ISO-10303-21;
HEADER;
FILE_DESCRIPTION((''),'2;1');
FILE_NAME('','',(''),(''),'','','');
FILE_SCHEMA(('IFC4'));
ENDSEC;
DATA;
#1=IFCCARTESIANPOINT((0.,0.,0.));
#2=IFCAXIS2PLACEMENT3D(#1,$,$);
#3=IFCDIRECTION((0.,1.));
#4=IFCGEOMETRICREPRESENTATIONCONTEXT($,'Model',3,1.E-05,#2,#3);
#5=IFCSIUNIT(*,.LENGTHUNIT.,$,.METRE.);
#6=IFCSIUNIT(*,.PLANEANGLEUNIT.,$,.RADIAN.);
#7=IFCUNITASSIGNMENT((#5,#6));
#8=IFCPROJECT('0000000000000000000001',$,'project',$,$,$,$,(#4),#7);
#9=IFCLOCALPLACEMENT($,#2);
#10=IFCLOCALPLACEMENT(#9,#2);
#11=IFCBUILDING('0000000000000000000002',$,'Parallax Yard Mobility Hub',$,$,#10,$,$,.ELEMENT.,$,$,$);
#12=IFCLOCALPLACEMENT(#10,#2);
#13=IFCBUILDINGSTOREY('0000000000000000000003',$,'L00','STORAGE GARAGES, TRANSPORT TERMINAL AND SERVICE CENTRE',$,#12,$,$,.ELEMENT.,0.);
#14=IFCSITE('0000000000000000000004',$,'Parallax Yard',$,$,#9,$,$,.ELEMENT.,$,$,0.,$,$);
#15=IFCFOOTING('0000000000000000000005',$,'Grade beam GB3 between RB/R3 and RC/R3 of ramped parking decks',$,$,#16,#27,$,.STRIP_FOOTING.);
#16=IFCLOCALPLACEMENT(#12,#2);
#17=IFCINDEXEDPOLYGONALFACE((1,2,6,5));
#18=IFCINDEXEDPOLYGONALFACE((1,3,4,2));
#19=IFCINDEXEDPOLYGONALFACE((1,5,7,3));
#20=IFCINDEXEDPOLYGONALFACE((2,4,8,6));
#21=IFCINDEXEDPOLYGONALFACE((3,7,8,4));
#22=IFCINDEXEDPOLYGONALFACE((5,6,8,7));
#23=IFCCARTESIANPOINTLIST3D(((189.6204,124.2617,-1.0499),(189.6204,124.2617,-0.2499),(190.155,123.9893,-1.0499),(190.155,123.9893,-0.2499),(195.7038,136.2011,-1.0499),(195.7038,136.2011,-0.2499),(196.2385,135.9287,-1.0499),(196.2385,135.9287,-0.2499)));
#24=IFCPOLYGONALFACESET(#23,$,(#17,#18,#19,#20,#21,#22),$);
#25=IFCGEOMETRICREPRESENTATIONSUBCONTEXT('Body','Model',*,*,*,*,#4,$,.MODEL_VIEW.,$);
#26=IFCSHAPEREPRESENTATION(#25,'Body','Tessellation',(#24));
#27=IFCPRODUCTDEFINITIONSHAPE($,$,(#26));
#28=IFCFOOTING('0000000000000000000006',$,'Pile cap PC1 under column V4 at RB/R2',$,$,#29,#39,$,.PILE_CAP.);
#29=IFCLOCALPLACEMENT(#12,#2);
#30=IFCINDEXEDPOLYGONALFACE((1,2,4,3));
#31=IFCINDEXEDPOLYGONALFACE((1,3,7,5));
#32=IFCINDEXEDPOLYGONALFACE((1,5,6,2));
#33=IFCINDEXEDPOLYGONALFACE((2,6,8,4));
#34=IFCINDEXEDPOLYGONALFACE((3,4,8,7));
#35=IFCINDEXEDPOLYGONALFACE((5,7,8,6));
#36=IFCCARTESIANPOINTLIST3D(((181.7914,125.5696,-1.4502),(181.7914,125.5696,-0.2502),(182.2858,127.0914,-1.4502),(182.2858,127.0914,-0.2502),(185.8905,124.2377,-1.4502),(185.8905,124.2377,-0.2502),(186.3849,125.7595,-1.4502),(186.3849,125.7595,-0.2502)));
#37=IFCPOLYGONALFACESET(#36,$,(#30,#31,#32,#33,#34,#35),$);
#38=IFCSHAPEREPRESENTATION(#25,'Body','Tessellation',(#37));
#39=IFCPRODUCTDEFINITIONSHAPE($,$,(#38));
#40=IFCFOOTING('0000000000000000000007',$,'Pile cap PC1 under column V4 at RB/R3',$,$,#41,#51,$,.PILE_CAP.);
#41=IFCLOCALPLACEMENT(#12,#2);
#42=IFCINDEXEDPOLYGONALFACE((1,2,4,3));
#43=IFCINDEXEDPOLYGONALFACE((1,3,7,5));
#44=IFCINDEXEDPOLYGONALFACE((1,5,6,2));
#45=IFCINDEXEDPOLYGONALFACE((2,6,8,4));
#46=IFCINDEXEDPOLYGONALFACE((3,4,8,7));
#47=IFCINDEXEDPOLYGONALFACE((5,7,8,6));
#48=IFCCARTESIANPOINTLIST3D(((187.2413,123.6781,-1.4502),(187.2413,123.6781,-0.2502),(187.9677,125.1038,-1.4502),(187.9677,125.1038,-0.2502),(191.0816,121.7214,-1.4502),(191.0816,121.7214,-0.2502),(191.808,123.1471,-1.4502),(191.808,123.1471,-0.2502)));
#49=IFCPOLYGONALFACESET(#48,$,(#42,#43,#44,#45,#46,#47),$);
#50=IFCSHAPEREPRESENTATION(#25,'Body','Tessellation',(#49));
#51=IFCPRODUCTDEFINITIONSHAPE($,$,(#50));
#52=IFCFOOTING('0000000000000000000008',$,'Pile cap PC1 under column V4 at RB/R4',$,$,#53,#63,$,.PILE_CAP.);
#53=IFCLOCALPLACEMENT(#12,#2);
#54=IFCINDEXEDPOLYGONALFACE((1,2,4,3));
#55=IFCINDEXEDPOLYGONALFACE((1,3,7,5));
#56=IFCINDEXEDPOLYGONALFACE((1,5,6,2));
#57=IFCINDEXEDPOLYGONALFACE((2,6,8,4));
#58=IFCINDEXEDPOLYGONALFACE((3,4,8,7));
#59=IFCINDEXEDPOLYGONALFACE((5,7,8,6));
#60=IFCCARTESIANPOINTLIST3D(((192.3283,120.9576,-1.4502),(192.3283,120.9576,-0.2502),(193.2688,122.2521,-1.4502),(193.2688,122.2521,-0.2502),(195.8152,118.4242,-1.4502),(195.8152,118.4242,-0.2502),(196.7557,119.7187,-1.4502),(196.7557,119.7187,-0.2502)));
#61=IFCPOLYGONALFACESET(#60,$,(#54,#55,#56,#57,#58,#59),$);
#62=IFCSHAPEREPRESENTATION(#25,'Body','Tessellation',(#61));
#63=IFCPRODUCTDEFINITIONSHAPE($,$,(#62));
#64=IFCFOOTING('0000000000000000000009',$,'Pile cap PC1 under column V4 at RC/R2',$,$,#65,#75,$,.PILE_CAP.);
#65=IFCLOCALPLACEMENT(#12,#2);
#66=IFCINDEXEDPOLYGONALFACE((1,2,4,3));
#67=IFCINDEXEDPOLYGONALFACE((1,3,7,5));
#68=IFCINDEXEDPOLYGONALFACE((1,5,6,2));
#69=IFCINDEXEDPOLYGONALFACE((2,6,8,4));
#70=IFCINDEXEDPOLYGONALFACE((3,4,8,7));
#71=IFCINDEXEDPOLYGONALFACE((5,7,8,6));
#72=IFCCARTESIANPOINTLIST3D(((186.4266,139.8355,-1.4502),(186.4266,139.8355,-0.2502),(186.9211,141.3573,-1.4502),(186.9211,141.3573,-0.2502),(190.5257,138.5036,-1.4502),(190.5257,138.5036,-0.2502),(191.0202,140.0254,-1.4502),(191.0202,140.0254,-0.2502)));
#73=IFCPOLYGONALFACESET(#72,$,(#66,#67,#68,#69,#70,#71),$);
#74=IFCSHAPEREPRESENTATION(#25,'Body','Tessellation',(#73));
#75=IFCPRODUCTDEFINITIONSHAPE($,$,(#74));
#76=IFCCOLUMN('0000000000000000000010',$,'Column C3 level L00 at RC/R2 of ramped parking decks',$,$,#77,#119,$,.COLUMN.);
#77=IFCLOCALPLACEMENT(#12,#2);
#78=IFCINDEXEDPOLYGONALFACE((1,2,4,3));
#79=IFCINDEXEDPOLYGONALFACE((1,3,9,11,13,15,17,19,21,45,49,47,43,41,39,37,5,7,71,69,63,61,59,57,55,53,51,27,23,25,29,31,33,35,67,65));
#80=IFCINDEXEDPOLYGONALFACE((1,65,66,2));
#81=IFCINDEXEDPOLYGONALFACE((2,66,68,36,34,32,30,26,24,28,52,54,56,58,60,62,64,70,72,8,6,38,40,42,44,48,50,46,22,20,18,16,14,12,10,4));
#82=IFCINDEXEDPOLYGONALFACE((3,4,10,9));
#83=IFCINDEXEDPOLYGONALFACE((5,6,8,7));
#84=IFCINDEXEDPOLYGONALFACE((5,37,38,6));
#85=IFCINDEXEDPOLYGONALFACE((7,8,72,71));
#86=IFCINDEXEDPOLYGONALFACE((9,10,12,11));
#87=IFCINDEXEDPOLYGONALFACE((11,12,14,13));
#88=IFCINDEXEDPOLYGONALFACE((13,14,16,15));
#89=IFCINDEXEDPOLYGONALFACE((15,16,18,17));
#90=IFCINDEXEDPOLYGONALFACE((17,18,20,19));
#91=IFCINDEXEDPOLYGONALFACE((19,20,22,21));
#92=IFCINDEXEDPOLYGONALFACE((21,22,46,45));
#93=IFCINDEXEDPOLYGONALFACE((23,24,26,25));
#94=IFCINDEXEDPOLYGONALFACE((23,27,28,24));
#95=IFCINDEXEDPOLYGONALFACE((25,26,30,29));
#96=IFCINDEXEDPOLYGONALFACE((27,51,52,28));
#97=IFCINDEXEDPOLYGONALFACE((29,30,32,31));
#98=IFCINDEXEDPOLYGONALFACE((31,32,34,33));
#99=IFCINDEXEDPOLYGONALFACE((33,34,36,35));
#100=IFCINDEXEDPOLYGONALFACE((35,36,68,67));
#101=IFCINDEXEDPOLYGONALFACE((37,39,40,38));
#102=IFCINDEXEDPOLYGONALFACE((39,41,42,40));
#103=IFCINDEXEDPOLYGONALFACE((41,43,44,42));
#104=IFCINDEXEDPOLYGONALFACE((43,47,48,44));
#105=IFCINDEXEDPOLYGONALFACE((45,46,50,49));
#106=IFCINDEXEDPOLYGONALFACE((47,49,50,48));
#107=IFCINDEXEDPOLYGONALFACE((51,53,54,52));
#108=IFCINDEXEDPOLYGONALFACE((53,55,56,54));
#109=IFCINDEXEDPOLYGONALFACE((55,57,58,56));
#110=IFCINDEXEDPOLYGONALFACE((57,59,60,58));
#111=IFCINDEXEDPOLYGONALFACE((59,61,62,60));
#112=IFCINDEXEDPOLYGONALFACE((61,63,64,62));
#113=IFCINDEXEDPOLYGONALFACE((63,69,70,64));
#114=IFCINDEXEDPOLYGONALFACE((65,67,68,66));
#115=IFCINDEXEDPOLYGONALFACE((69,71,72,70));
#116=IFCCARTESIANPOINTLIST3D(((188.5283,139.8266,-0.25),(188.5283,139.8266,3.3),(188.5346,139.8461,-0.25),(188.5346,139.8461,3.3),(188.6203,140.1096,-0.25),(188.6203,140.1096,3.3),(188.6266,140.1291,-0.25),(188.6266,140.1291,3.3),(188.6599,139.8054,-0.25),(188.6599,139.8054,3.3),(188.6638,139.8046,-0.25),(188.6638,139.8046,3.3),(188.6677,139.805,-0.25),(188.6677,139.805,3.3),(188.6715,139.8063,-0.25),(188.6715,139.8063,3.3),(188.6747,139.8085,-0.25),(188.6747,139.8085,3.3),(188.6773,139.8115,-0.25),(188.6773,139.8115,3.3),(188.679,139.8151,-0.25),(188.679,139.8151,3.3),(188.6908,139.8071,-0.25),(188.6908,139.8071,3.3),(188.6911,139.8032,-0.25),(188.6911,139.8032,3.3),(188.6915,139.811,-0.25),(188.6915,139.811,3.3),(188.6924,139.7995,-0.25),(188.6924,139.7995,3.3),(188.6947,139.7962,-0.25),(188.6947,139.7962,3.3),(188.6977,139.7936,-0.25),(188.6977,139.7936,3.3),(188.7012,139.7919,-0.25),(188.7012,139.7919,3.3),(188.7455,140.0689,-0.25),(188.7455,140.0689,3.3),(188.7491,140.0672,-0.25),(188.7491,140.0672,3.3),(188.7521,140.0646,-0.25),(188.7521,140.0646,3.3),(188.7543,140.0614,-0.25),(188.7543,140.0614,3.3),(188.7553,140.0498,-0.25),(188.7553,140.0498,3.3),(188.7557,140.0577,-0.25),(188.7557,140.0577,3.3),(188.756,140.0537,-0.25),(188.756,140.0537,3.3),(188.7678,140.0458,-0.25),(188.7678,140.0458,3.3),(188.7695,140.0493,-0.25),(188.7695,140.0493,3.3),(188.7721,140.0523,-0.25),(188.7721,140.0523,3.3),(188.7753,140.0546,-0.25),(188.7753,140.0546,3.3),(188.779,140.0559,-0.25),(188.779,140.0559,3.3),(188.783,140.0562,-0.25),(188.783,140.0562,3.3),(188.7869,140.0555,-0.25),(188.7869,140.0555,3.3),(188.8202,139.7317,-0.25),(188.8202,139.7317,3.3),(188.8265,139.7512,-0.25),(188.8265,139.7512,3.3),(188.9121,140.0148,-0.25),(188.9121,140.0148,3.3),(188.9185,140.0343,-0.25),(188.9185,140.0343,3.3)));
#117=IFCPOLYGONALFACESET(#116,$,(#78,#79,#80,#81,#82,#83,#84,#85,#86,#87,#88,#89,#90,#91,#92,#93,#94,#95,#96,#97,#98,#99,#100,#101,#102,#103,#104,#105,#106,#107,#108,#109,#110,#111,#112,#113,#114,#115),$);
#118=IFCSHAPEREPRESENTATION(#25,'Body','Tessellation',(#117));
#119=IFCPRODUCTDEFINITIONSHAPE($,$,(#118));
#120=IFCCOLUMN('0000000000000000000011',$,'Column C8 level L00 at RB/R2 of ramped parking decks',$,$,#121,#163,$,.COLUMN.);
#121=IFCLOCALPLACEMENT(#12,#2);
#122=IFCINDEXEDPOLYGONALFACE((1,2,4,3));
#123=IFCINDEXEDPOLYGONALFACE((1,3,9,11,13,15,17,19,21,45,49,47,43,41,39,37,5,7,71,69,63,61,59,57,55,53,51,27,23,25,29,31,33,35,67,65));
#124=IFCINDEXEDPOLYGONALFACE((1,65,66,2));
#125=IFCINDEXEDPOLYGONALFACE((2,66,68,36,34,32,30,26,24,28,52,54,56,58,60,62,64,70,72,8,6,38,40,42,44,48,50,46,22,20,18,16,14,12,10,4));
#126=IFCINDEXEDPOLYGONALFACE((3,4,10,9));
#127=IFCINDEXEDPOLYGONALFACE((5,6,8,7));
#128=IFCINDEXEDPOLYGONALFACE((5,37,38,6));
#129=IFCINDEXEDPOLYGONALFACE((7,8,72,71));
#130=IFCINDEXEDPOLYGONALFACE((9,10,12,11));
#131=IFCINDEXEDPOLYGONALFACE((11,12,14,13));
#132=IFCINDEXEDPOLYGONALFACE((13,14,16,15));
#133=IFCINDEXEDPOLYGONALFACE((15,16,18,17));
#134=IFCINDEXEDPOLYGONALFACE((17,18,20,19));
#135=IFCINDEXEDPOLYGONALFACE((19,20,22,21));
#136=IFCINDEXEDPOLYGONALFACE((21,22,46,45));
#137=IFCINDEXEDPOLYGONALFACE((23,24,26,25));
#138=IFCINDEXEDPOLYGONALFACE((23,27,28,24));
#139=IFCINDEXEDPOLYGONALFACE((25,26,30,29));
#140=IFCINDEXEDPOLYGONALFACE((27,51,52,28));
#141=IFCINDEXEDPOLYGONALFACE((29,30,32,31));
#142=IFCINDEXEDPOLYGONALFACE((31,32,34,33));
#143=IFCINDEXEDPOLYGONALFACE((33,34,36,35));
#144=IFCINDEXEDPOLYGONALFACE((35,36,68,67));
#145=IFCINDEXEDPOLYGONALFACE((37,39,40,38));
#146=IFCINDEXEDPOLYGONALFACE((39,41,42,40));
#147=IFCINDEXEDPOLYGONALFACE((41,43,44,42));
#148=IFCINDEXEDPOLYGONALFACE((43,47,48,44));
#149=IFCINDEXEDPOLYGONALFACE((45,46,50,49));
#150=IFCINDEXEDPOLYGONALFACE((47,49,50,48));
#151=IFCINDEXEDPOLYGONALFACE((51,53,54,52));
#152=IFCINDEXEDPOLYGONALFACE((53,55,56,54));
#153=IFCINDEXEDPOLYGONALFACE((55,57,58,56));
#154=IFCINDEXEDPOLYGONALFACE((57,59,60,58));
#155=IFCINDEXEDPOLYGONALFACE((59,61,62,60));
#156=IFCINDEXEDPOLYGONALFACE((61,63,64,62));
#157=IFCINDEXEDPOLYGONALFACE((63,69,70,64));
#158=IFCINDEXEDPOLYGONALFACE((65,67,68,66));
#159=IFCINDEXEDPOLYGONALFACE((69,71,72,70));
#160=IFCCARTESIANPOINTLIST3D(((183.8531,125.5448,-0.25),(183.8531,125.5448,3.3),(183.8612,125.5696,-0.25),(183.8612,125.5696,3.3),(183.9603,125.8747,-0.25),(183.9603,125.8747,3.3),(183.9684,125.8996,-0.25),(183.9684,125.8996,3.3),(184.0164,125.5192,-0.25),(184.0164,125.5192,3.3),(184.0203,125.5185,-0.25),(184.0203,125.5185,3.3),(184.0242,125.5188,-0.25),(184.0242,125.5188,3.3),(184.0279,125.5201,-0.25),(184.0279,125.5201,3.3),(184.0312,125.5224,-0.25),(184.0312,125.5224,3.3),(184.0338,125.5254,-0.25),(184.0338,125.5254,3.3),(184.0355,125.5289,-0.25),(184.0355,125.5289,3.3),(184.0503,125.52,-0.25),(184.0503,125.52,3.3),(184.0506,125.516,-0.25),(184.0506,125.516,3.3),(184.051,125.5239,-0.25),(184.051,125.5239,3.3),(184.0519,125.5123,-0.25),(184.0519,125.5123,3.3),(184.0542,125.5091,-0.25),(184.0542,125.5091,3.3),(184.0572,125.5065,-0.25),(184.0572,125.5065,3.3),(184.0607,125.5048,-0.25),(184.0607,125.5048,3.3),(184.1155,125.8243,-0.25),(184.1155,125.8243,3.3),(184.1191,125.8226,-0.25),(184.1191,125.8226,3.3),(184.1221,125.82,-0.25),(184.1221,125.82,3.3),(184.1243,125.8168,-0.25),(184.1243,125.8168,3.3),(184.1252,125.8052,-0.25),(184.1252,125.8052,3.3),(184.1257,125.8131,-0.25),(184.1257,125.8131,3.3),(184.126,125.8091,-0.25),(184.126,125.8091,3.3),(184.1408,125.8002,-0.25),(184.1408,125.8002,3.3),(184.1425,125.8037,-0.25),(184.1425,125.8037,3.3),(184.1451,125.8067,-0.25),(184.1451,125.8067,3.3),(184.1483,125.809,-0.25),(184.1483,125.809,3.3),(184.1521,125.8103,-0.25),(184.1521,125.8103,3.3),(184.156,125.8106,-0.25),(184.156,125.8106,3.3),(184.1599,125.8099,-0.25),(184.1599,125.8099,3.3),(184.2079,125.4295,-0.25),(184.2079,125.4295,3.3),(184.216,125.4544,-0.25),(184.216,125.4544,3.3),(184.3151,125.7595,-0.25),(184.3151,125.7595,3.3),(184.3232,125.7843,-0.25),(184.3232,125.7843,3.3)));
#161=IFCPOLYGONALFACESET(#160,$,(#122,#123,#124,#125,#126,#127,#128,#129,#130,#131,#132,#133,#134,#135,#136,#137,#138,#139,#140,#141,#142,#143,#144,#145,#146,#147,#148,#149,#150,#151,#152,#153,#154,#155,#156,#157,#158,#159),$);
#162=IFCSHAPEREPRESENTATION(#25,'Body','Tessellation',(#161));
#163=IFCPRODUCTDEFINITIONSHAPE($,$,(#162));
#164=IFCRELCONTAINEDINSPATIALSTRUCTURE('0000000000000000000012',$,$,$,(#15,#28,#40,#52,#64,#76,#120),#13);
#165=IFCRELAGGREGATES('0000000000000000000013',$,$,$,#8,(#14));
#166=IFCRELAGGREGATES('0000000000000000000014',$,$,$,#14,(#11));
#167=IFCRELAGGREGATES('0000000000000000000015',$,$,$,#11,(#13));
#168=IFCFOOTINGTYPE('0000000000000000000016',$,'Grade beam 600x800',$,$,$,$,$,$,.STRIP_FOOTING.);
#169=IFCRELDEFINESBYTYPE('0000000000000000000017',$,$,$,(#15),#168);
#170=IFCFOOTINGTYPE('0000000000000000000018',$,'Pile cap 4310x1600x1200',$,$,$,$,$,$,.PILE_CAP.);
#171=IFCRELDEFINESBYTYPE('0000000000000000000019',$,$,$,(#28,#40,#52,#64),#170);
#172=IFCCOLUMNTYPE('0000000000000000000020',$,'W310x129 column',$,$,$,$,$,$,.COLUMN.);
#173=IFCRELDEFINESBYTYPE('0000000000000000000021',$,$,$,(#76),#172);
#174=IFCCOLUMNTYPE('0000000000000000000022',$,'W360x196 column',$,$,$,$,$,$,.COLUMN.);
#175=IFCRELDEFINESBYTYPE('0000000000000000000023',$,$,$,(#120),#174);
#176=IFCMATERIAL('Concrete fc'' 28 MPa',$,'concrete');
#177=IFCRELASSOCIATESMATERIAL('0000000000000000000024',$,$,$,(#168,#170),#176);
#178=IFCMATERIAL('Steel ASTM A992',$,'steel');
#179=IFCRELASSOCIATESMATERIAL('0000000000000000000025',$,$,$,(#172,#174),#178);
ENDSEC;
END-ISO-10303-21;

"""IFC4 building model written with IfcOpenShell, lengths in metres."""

from ifc_helpers import new_model, si_unit, direction, frame, origin, origin_2d, place, context, subcontext, project, spatial, rectangle, i_section, extrude, material, material_profile, profile_set, type_object, element, save


model = new_model("IFC4")

# Units and contexts
model_context = context("Model", 3, precision=1e-05, world=origin(), true_north=direction((0.0, 1.0)))
body_context = subcontext(model_context, "Body", "Model", "MODEL_VIEW")
ifc_project = project(units=[si_unit("LENGTHUNIT", "METRE"), si_unit("PLANEANGLEUNIT", "RADIAN")], contexts=[model_context])

# Site, building, storey
site_placement = place(None, origin())
site = spatial("IfcSite", under=ifc_project, at=site_placement, Name="Parallax Yard", CompositionType="ELEMENT", RefElevation=0.0)
building_placement = place(site_placement, origin())
building = spatial("IfcBuilding", under=site, at=building_placement, Name="Parallax Yard Mobility Hub", CompositionType="ELEMENT")
storey_placement = place(building_placement, origin())
storey = spatial("IfcBuildingStorey", under=building, at=storey_placement, Name="L00", Description="STORAGE GARAGES, TRANSPORT TERMINAL AND SERVICE CENTRE", CompositionType="ELEMENT", Elevation=0.0)

# Shared definitions
ifc_material_1 = material(Name="Concrete fc' 28 MPa", Category="concrete")

# Footings
ifc_material_profile_1 = material_profile(ifc_material_1, rectangle(XDim=0.6001, YDim=0.8, at=origin_2d()), Name="Grade beam 600x800")
ifc_profile_set_1 = profile_set([ifc_material_profile_1], Name="Concrete fc' 28 MPa")
footing_type_1 = type_object("IfcFootingType", Name="Grade beam 600x800", PredefinedType="STRIP_FOOTING", material=ifc_profile_set_1)
footing_1_placement = place(storey_placement, frame((189.8877, 124.1255, -0.6499), z_axis=(0.453993, 0.891005, 0.0), x_axis=(-0.891005, 0.453993, 0.0)))
element("IfcFooting", 1, at=footing_1_placement, inside=storey, type_object=footing_type_1, Name="Grade beam GB3 between RB/R3 and RC/R3 of ramped parking decks", PredefinedType="STRIP_FOOTING", context=body_context, shape_type="SweptSolid", body=[
    extrude(rectangle(XDim=0.6001, YDim=0.8, at=origin_2d()), origin(), (0.0, 0.0, 1.0), 13.3999),
])
footing_type_2 = type_object("IfcFootingType", Name="Pile cap 4310x1600x1200", PredefinedType="PILE_CAP", material=ifc_material_1)
for number, where, z_axis, x_axis, name in (
    (2, (184.0881, 125.6646, -1.4502), (0.0, 0.0, 1.0), (-0.951057, 0.309017, 0.0), "Pile cap PC1 under column V4 at RB/R2"),
    (3, (189.5247, 123.4126, -1.4502), (0.0, 0.0, 1.0), (-0.891007, 0.45399, 0.0), "Pile cap PC1 under column V4 at RB/R3"),
    (4, (194.542, 120.3381, -1.4502), (0.0, 0.0, 1.0), (-0.809017, 0.587785, 0.0), "Pile cap PC1 under column V4 at RB/R4"),
    (5, (188.7234, 139.9304, -1.4502), (0.0, 0.0, 1.0), (-0.951057, 0.309017, 0.0), "Pile cap PC1 under column V4 at RC/R2"),
):
    element("IfcFooting", number, at=place(storey_placement, frame(where, z_axis=z_axis, x_axis=x_axis)), inside=storey, type_object=footing_type_2, Name=name, PredefinedType="PILE_CAP", context=body_context, shape_type="SweptSolid", body=[
        extrude(rectangle(XDim=4.3101, YDim=1.6001, at=origin_2d()), origin(), (0.0, 0.0, 1.0), 1.2),
    ])

# Columns
ifc_material_2 = material(Name="Steel ASTM A992", Category="steel")
ifc_material_profile_2 = material_profile(ifc_material_2, i_section(OverallWidth=0.3069, OverallDepth=0.3181, WebThickness=0.0132, FlangeThickness=0.0205, FilletRadius=0.0151, at=origin_2d()), Name="W310x129")
ifc_profile_set_2 = profile_set([ifc_material_profile_2], Name="Steel ASTM A992")
column_type_1 = type_object("IfcColumnType", Name="W310x129 column", PredefinedType="COLUMN", material=ifc_profile_set_2)
column_placement = place(storey_placement, frame((188.7234, 139.9304, -0.25), z_axis=(0.0, 0.0, 1.0), x_axis=(-0.951057, 0.309017, 0.0)))
element("IfcColumn", 6, at=column_placement, inside=storey, type_object=column_type_1, Name="Column C3 level L00 at RC/R2 of ramped parking decks", PredefinedType="COLUMN", context=body_context, shape_type="SweptSolid", body=[
    extrude(i_section(OverallWidth=0.3069, OverallDepth=0.3181, WebThickness=0.0132, FlangeThickness=0.0205, FilletRadius=0.0151, at=origin_2d()), origin(), (0.0, 0.0, 1.0), 3.55),
])
ifc_material_profile_3 = material_profile(ifc_material_2, i_section(OverallWidth=0.373, OverallDepth=0.373, WebThickness=0.0164, FlangeThickness=0.0261, FilletRadius=0.0151, at=origin_2d()), Name="W360x196")
ifc_profile_set_3 = profile_set([ifc_material_profile_3], Name="Steel ASTM A992")
column_type_2 = type_object("IfcColumnType", Name="W360x196 column", PredefinedType="COLUMN", material=ifc_profile_set_3)
for number, where, z_axis, x_axis, name in (
    (7, (184.0881, 125.6646, -0.25), (0.0, 0.0, 1.0), (-0.951057, 0.309017, 0.0), "Column C8 level L00 at RB/R2 of ramped parking decks"),
):
    element("IfcColumn", number, at=place(storey_placement, frame(where, z_axis=z_axis, x_axis=x_axis)), inside=storey, type_object=column_type_2, Name=name, PredefinedType="COLUMN", context=body_context, shape_type="SweptSolid", body=[
        extrude(i_section(OverallWidth=0.373, OverallDepth=0.373, WebThickness=0.0164, FlangeThickness=0.0261, FilletRadius=0.0151, at=origin_2d()), origin(), (0.0, 0.0, 1.0), 3.55),
    ])

save(model, "model.ifc")
